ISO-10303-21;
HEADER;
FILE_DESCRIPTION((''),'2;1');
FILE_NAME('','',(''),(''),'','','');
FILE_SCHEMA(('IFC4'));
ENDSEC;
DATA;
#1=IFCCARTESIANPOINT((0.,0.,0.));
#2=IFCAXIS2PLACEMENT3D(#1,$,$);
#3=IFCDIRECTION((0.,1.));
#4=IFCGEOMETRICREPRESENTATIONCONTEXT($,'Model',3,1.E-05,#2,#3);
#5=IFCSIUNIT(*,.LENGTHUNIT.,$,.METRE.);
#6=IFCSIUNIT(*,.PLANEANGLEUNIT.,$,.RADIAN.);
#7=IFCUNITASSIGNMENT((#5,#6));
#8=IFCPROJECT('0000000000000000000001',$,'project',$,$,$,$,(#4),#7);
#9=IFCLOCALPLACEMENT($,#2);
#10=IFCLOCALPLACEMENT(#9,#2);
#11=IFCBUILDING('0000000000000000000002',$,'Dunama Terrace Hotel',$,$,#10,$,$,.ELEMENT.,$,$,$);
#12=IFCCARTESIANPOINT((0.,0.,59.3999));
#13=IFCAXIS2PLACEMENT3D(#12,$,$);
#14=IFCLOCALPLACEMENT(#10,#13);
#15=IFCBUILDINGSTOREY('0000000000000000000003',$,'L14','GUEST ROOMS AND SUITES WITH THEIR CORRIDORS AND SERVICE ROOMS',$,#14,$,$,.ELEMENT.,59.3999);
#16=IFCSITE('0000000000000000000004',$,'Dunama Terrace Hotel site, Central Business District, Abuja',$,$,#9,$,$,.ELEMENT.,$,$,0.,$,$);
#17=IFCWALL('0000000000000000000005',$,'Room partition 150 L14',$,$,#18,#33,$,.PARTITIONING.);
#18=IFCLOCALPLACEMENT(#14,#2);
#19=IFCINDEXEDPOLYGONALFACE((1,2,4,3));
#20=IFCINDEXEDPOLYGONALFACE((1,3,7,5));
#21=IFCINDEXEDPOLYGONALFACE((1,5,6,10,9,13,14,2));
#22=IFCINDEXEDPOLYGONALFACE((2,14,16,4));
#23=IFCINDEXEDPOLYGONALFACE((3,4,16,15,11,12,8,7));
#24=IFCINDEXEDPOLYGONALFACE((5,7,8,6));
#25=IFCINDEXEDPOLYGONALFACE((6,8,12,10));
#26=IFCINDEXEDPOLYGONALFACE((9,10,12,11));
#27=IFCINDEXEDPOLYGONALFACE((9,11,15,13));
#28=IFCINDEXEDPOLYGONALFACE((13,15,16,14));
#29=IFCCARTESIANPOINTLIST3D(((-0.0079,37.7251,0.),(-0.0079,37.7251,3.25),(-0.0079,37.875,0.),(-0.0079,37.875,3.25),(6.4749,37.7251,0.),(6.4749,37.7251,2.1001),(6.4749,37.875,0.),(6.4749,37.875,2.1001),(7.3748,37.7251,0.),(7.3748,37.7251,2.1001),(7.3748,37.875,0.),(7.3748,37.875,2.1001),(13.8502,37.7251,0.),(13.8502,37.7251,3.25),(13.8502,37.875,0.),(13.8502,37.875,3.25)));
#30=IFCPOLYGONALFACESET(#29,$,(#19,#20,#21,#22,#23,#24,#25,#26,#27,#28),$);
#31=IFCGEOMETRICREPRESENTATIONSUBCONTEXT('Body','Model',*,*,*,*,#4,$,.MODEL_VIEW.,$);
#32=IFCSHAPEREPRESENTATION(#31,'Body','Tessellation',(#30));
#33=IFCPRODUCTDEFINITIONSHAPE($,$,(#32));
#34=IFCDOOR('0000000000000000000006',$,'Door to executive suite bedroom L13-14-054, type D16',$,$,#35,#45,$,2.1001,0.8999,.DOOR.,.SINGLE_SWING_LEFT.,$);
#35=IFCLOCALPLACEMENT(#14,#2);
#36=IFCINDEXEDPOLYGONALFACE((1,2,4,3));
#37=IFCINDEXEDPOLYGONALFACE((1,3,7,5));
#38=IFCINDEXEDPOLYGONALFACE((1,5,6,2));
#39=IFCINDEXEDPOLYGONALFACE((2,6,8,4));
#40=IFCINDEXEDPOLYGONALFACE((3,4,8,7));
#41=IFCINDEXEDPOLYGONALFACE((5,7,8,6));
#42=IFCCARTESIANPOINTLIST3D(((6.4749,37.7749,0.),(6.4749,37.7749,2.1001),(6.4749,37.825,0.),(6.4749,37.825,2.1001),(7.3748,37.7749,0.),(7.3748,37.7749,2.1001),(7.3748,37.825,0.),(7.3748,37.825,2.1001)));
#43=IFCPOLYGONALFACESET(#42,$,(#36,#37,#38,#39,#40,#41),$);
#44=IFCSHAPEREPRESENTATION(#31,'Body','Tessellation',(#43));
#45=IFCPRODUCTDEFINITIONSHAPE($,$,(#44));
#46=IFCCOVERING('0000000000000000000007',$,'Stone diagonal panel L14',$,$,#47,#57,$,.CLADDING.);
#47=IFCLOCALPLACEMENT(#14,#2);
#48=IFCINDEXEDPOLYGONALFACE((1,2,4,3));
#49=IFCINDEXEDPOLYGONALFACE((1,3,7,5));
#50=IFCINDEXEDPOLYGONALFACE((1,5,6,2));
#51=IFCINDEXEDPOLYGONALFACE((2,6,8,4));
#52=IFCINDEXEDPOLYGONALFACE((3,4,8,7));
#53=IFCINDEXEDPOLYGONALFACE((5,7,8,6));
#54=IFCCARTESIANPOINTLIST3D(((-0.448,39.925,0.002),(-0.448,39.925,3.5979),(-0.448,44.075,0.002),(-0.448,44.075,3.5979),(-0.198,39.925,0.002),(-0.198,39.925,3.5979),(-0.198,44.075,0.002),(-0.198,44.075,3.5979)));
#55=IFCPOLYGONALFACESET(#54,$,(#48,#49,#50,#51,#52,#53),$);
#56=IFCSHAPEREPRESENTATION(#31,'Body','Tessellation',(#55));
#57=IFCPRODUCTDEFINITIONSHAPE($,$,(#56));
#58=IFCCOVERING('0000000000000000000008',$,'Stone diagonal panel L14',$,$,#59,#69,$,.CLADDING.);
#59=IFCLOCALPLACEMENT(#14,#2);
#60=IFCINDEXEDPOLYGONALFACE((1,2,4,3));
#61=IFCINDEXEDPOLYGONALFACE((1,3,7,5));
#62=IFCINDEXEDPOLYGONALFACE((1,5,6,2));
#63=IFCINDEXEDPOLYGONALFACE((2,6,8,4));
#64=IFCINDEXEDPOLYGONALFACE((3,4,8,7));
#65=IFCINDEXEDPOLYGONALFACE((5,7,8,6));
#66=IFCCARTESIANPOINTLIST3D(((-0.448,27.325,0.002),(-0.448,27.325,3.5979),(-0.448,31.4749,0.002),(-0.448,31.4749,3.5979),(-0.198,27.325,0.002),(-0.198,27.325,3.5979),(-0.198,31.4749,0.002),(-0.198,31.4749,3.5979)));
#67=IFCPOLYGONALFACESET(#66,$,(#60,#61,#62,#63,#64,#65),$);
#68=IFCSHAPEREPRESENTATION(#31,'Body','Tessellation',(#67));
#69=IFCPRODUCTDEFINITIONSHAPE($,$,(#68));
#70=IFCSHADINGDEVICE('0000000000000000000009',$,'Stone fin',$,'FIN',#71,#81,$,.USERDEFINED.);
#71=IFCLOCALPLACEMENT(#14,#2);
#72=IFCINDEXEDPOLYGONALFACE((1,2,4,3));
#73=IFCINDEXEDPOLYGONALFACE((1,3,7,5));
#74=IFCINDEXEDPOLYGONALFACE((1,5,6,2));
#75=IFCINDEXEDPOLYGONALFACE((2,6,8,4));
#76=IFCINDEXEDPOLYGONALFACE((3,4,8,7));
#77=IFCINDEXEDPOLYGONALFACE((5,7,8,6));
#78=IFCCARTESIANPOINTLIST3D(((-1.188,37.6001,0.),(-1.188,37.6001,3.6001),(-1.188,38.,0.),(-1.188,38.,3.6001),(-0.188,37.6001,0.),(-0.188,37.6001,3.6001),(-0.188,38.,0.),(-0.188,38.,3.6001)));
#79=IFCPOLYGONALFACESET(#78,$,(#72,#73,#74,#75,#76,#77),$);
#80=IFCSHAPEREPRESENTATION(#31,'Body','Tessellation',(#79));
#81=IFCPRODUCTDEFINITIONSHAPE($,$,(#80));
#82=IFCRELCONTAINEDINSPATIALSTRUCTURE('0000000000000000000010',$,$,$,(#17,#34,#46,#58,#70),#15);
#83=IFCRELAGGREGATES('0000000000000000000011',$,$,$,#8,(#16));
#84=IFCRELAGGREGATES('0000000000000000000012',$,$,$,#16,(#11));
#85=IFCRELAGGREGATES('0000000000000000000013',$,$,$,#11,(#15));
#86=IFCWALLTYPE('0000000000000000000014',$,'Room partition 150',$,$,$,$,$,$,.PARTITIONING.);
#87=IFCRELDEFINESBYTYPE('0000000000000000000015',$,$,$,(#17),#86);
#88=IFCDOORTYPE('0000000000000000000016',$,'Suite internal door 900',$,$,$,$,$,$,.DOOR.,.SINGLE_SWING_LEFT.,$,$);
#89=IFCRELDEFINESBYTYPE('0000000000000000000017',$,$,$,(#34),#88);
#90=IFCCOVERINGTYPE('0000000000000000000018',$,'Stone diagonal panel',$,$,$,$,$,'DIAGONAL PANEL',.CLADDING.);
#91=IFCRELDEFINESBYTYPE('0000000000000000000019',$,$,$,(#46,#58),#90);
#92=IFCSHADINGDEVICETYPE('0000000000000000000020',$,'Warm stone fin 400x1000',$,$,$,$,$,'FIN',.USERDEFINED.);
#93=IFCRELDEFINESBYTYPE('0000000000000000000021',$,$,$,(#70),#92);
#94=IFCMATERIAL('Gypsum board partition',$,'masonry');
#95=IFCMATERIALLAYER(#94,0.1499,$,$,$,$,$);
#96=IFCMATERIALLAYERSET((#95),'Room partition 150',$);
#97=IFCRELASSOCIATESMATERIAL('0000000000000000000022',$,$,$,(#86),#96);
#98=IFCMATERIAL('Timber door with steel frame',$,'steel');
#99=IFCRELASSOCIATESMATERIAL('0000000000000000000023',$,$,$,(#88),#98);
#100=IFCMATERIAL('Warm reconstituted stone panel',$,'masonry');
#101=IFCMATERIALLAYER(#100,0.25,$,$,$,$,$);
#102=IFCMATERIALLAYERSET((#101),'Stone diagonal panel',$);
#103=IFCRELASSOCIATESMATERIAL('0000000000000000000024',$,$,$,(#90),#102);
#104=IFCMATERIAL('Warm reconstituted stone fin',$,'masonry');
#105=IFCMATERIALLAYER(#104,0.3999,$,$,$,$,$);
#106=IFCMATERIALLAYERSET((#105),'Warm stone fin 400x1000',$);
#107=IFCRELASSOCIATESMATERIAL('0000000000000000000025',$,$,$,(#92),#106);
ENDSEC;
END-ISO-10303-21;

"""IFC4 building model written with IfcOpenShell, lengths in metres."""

from ifc_helpers import new_model, si_unit, direction, frame, frame_2d, origin, origin_2d, place, context, subcontext, project, spatial, rectangle, extrude, material, layer, layer_set, type_object, element, fill, save


model = new_model("IFC4")

# Units and contexts
model_context = context("Model", 3, precision=1e-05, world=origin(), true_north=direction((0.0, 1.0)))
body_context = subcontext(model_context, "Body", "Model", "MODEL_VIEW")
ifc_project = project(units=[si_unit("LENGTHUNIT", "METRE"), si_unit("PLANEANGLEUNIT", "RADIAN")], contexts=[model_context])

# Site, building, storey
site_placement = place(None, origin())
site = spatial("IfcSite", under=ifc_project, at=site_placement, Name="Dunama Terrace Hotel site, Central Business District, Abuja", CompositionType="ELEMENT", RefElevation=0.0)
building_placement = place(site_placement, origin())
building = spatial("IfcBuilding", under=site, at=building_placement, Name="Dunama Terrace Hotel", CompositionType="ELEMENT")
storey_placement = place(building_placement, frame((0.0, 0.0, 59.3999)))
storey = spatial("IfcBuildingStorey", under=building, at=storey_placement, Name="L14", Description="GUEST ROOMS AND SUITES WITH THEIR CORRIDORS AND SERVICE ROOMS", CompositionType="ELEMENT", Elevation=59.3999)

# Shared definitions
ifc_material_1 = material(Name="Gypsum board partition", Category="masonry")
ifc_layer_1 = layer(ifc_material_1, 0.1499)
ifc_layer_set_1 = layer_set([ifc_layer_1], Name="Room partition 150")
wall_type_1 = type_object("IfcWallType", Name="Room partition 150", PredefinedType="PARTITIONING", material=ifc_layer_set_1)

# Wall, opening, door
ifc_material_2 = material(Name="Timber door with steel frame", Category="steel")
door_type_1 = type_object("IfcDoorType", Name="Suite internal door 900", OperationType="SINGLE_SWING_LEFT", PredefinedType="DOOR", material=ifc_material_2)
wall_1_placement = place(storey_placement, frame((-0.0081, 37.8, 0.0), z_axis=(0.0, 0.0, 1.0), x_axis=(1.0, 0.0, 0.0)))
wall_1 = element("IfcWall", 1, at=wall_1_placement, inside=storey, type_object=wall_type_1, Name="Room partition 150 L14", PredefinedType="PARTITIONING", context=body_context, shape_type="SweptSolid", body=[
    extrude(rectangle(XDim=13.8582, YDim=0.1499, at=frame_2d((6.9292, 0.0))), origin(), (0.0, 0.0, 1.0), 3.25),
])
opening_1_placement = place(wall_1_placement, frame((6.4829, 0.0, 0.0)))
opening_1 = element("IfcOpeningElement", 2, at=opening_1_placement, cuts=wall_1, PredefinedType="OPENING", context=body_context, shape_type="SweptSolid", body=[
    extrude(rectangle(XDim=0.8999, YDim=2.1001, at=frame_2d((0.45, 1.05))), frame((0.0, 0.085, 0.0), z_axis=(0.0, -1.0, 0.0), x_axis=(1.0, 0.0, 0.0)), (0.0, 0.0, 1.0), 0.1699),
])
door_1_placement = place(opening_1_placement, origin())
door_1 = element("IfcDoor", 3, at=door_1_placement, inside=storey, type_object=door_type_1, Name="Door to executive suite bedroom L13-14-054, type D16", OperationType="SINGLE_SWING_LEFT", OverallHeight=2.1001, OverallWidth=0.8999, PredefinedType="DOOR", context=body_context, shape_type="SweptSolid", body=[
    extrude(rectangle(XDim=0.8999, YDim=2.1001, at=frame_2d((0.45, 1.05))), frame((0.0, 0.0249, 0.0), z_axis=(0.0, -1.0, 0.0), x_axis=(1.0, 0.0, 0.0)), (0.0, 0.0, 1.0), 0.05),
])
fill(opening_1, door_1)

# Coverings
ifc_material_3 = material(Name="Warm reconstituted stone panel", Category="masonry")
ifc_layer_2 = layer(ifc_material_3, 0.25)
ifc_layer_set_2 = layer_set([ifc_layer_2], Name="Stone diagonal panel")
covering_type = type_object("IfcCoveringType", Name="Stone diagonal panel", ElementType="DIAGONAL PANEL", PredefinedType="CLADDING", material=ifc_layer_set_2)
for number, where, z_axis, x_axis, name in (
    (4, (-0.323, 42.0, 0.002), (0.0, 0.0, 1.0), (0.0, -1.0, 0.0), "Stone diagonal panel L14"),
    (5, (-0.323, 29.3999, 0.002), (0.0, 0.0, 1.0), (0.0, -1.0, 0.0), "Stone diagonal panel L14"),
):
    element("IfcCovering", number, at=place(storey_placement, frame(where, z_axis=z_axis, x_axis=x_axis)), inside=storey, type_object=covering_type, Name=name, PredefinedType="CLADDING", context=body_context, shape_type="SweptSolid", body=[
        extrude(rectangle(XDim=4.1499, YDim=0.25, at=origin_2d()), origin(), (0.0, 0.0, 1.0), 3.5959),
    ])

# Shading device
ifc_material_4 = material(Name="Warm reconstituted stone fin", Category="masonry")
ifc_layer_3 = layer(ifc_material_4, 0.3999)
ifc_layer_set_3 = layer_set([ifc_layer_3], Name="Warm stone fin 400x1000")
shading_device_type = type_object("IfcShadingDeviceType", Name="Warm stone fin 400x1000", ElementType="FIN", PredefinedType="USERDEFINED", material=ifc_layer_set_3)
shading_device_placement = place(storey_placement, frame((-0.688, 37.8, 0.0), z_axis=(0.0, 0.0, 1.0), x_axis=(0.0, -1.0, 0.0)))
element("IfcShadingDevice", 6, at=shading_device_placement, inside=storey, type_object=shading_device_type, Name="Stone fin", ObjectType="FIN", PredefinedType="USERDEFINED", context=body_context, shape_type="SweptSolid", body=[
    extrude(rectangle(XDim=0.3999, YDim=1.0, at=origin_2d()), origin(), (0.0, 0.0, 1.0), 3.6001),
])

save(model, "model.ifc")
